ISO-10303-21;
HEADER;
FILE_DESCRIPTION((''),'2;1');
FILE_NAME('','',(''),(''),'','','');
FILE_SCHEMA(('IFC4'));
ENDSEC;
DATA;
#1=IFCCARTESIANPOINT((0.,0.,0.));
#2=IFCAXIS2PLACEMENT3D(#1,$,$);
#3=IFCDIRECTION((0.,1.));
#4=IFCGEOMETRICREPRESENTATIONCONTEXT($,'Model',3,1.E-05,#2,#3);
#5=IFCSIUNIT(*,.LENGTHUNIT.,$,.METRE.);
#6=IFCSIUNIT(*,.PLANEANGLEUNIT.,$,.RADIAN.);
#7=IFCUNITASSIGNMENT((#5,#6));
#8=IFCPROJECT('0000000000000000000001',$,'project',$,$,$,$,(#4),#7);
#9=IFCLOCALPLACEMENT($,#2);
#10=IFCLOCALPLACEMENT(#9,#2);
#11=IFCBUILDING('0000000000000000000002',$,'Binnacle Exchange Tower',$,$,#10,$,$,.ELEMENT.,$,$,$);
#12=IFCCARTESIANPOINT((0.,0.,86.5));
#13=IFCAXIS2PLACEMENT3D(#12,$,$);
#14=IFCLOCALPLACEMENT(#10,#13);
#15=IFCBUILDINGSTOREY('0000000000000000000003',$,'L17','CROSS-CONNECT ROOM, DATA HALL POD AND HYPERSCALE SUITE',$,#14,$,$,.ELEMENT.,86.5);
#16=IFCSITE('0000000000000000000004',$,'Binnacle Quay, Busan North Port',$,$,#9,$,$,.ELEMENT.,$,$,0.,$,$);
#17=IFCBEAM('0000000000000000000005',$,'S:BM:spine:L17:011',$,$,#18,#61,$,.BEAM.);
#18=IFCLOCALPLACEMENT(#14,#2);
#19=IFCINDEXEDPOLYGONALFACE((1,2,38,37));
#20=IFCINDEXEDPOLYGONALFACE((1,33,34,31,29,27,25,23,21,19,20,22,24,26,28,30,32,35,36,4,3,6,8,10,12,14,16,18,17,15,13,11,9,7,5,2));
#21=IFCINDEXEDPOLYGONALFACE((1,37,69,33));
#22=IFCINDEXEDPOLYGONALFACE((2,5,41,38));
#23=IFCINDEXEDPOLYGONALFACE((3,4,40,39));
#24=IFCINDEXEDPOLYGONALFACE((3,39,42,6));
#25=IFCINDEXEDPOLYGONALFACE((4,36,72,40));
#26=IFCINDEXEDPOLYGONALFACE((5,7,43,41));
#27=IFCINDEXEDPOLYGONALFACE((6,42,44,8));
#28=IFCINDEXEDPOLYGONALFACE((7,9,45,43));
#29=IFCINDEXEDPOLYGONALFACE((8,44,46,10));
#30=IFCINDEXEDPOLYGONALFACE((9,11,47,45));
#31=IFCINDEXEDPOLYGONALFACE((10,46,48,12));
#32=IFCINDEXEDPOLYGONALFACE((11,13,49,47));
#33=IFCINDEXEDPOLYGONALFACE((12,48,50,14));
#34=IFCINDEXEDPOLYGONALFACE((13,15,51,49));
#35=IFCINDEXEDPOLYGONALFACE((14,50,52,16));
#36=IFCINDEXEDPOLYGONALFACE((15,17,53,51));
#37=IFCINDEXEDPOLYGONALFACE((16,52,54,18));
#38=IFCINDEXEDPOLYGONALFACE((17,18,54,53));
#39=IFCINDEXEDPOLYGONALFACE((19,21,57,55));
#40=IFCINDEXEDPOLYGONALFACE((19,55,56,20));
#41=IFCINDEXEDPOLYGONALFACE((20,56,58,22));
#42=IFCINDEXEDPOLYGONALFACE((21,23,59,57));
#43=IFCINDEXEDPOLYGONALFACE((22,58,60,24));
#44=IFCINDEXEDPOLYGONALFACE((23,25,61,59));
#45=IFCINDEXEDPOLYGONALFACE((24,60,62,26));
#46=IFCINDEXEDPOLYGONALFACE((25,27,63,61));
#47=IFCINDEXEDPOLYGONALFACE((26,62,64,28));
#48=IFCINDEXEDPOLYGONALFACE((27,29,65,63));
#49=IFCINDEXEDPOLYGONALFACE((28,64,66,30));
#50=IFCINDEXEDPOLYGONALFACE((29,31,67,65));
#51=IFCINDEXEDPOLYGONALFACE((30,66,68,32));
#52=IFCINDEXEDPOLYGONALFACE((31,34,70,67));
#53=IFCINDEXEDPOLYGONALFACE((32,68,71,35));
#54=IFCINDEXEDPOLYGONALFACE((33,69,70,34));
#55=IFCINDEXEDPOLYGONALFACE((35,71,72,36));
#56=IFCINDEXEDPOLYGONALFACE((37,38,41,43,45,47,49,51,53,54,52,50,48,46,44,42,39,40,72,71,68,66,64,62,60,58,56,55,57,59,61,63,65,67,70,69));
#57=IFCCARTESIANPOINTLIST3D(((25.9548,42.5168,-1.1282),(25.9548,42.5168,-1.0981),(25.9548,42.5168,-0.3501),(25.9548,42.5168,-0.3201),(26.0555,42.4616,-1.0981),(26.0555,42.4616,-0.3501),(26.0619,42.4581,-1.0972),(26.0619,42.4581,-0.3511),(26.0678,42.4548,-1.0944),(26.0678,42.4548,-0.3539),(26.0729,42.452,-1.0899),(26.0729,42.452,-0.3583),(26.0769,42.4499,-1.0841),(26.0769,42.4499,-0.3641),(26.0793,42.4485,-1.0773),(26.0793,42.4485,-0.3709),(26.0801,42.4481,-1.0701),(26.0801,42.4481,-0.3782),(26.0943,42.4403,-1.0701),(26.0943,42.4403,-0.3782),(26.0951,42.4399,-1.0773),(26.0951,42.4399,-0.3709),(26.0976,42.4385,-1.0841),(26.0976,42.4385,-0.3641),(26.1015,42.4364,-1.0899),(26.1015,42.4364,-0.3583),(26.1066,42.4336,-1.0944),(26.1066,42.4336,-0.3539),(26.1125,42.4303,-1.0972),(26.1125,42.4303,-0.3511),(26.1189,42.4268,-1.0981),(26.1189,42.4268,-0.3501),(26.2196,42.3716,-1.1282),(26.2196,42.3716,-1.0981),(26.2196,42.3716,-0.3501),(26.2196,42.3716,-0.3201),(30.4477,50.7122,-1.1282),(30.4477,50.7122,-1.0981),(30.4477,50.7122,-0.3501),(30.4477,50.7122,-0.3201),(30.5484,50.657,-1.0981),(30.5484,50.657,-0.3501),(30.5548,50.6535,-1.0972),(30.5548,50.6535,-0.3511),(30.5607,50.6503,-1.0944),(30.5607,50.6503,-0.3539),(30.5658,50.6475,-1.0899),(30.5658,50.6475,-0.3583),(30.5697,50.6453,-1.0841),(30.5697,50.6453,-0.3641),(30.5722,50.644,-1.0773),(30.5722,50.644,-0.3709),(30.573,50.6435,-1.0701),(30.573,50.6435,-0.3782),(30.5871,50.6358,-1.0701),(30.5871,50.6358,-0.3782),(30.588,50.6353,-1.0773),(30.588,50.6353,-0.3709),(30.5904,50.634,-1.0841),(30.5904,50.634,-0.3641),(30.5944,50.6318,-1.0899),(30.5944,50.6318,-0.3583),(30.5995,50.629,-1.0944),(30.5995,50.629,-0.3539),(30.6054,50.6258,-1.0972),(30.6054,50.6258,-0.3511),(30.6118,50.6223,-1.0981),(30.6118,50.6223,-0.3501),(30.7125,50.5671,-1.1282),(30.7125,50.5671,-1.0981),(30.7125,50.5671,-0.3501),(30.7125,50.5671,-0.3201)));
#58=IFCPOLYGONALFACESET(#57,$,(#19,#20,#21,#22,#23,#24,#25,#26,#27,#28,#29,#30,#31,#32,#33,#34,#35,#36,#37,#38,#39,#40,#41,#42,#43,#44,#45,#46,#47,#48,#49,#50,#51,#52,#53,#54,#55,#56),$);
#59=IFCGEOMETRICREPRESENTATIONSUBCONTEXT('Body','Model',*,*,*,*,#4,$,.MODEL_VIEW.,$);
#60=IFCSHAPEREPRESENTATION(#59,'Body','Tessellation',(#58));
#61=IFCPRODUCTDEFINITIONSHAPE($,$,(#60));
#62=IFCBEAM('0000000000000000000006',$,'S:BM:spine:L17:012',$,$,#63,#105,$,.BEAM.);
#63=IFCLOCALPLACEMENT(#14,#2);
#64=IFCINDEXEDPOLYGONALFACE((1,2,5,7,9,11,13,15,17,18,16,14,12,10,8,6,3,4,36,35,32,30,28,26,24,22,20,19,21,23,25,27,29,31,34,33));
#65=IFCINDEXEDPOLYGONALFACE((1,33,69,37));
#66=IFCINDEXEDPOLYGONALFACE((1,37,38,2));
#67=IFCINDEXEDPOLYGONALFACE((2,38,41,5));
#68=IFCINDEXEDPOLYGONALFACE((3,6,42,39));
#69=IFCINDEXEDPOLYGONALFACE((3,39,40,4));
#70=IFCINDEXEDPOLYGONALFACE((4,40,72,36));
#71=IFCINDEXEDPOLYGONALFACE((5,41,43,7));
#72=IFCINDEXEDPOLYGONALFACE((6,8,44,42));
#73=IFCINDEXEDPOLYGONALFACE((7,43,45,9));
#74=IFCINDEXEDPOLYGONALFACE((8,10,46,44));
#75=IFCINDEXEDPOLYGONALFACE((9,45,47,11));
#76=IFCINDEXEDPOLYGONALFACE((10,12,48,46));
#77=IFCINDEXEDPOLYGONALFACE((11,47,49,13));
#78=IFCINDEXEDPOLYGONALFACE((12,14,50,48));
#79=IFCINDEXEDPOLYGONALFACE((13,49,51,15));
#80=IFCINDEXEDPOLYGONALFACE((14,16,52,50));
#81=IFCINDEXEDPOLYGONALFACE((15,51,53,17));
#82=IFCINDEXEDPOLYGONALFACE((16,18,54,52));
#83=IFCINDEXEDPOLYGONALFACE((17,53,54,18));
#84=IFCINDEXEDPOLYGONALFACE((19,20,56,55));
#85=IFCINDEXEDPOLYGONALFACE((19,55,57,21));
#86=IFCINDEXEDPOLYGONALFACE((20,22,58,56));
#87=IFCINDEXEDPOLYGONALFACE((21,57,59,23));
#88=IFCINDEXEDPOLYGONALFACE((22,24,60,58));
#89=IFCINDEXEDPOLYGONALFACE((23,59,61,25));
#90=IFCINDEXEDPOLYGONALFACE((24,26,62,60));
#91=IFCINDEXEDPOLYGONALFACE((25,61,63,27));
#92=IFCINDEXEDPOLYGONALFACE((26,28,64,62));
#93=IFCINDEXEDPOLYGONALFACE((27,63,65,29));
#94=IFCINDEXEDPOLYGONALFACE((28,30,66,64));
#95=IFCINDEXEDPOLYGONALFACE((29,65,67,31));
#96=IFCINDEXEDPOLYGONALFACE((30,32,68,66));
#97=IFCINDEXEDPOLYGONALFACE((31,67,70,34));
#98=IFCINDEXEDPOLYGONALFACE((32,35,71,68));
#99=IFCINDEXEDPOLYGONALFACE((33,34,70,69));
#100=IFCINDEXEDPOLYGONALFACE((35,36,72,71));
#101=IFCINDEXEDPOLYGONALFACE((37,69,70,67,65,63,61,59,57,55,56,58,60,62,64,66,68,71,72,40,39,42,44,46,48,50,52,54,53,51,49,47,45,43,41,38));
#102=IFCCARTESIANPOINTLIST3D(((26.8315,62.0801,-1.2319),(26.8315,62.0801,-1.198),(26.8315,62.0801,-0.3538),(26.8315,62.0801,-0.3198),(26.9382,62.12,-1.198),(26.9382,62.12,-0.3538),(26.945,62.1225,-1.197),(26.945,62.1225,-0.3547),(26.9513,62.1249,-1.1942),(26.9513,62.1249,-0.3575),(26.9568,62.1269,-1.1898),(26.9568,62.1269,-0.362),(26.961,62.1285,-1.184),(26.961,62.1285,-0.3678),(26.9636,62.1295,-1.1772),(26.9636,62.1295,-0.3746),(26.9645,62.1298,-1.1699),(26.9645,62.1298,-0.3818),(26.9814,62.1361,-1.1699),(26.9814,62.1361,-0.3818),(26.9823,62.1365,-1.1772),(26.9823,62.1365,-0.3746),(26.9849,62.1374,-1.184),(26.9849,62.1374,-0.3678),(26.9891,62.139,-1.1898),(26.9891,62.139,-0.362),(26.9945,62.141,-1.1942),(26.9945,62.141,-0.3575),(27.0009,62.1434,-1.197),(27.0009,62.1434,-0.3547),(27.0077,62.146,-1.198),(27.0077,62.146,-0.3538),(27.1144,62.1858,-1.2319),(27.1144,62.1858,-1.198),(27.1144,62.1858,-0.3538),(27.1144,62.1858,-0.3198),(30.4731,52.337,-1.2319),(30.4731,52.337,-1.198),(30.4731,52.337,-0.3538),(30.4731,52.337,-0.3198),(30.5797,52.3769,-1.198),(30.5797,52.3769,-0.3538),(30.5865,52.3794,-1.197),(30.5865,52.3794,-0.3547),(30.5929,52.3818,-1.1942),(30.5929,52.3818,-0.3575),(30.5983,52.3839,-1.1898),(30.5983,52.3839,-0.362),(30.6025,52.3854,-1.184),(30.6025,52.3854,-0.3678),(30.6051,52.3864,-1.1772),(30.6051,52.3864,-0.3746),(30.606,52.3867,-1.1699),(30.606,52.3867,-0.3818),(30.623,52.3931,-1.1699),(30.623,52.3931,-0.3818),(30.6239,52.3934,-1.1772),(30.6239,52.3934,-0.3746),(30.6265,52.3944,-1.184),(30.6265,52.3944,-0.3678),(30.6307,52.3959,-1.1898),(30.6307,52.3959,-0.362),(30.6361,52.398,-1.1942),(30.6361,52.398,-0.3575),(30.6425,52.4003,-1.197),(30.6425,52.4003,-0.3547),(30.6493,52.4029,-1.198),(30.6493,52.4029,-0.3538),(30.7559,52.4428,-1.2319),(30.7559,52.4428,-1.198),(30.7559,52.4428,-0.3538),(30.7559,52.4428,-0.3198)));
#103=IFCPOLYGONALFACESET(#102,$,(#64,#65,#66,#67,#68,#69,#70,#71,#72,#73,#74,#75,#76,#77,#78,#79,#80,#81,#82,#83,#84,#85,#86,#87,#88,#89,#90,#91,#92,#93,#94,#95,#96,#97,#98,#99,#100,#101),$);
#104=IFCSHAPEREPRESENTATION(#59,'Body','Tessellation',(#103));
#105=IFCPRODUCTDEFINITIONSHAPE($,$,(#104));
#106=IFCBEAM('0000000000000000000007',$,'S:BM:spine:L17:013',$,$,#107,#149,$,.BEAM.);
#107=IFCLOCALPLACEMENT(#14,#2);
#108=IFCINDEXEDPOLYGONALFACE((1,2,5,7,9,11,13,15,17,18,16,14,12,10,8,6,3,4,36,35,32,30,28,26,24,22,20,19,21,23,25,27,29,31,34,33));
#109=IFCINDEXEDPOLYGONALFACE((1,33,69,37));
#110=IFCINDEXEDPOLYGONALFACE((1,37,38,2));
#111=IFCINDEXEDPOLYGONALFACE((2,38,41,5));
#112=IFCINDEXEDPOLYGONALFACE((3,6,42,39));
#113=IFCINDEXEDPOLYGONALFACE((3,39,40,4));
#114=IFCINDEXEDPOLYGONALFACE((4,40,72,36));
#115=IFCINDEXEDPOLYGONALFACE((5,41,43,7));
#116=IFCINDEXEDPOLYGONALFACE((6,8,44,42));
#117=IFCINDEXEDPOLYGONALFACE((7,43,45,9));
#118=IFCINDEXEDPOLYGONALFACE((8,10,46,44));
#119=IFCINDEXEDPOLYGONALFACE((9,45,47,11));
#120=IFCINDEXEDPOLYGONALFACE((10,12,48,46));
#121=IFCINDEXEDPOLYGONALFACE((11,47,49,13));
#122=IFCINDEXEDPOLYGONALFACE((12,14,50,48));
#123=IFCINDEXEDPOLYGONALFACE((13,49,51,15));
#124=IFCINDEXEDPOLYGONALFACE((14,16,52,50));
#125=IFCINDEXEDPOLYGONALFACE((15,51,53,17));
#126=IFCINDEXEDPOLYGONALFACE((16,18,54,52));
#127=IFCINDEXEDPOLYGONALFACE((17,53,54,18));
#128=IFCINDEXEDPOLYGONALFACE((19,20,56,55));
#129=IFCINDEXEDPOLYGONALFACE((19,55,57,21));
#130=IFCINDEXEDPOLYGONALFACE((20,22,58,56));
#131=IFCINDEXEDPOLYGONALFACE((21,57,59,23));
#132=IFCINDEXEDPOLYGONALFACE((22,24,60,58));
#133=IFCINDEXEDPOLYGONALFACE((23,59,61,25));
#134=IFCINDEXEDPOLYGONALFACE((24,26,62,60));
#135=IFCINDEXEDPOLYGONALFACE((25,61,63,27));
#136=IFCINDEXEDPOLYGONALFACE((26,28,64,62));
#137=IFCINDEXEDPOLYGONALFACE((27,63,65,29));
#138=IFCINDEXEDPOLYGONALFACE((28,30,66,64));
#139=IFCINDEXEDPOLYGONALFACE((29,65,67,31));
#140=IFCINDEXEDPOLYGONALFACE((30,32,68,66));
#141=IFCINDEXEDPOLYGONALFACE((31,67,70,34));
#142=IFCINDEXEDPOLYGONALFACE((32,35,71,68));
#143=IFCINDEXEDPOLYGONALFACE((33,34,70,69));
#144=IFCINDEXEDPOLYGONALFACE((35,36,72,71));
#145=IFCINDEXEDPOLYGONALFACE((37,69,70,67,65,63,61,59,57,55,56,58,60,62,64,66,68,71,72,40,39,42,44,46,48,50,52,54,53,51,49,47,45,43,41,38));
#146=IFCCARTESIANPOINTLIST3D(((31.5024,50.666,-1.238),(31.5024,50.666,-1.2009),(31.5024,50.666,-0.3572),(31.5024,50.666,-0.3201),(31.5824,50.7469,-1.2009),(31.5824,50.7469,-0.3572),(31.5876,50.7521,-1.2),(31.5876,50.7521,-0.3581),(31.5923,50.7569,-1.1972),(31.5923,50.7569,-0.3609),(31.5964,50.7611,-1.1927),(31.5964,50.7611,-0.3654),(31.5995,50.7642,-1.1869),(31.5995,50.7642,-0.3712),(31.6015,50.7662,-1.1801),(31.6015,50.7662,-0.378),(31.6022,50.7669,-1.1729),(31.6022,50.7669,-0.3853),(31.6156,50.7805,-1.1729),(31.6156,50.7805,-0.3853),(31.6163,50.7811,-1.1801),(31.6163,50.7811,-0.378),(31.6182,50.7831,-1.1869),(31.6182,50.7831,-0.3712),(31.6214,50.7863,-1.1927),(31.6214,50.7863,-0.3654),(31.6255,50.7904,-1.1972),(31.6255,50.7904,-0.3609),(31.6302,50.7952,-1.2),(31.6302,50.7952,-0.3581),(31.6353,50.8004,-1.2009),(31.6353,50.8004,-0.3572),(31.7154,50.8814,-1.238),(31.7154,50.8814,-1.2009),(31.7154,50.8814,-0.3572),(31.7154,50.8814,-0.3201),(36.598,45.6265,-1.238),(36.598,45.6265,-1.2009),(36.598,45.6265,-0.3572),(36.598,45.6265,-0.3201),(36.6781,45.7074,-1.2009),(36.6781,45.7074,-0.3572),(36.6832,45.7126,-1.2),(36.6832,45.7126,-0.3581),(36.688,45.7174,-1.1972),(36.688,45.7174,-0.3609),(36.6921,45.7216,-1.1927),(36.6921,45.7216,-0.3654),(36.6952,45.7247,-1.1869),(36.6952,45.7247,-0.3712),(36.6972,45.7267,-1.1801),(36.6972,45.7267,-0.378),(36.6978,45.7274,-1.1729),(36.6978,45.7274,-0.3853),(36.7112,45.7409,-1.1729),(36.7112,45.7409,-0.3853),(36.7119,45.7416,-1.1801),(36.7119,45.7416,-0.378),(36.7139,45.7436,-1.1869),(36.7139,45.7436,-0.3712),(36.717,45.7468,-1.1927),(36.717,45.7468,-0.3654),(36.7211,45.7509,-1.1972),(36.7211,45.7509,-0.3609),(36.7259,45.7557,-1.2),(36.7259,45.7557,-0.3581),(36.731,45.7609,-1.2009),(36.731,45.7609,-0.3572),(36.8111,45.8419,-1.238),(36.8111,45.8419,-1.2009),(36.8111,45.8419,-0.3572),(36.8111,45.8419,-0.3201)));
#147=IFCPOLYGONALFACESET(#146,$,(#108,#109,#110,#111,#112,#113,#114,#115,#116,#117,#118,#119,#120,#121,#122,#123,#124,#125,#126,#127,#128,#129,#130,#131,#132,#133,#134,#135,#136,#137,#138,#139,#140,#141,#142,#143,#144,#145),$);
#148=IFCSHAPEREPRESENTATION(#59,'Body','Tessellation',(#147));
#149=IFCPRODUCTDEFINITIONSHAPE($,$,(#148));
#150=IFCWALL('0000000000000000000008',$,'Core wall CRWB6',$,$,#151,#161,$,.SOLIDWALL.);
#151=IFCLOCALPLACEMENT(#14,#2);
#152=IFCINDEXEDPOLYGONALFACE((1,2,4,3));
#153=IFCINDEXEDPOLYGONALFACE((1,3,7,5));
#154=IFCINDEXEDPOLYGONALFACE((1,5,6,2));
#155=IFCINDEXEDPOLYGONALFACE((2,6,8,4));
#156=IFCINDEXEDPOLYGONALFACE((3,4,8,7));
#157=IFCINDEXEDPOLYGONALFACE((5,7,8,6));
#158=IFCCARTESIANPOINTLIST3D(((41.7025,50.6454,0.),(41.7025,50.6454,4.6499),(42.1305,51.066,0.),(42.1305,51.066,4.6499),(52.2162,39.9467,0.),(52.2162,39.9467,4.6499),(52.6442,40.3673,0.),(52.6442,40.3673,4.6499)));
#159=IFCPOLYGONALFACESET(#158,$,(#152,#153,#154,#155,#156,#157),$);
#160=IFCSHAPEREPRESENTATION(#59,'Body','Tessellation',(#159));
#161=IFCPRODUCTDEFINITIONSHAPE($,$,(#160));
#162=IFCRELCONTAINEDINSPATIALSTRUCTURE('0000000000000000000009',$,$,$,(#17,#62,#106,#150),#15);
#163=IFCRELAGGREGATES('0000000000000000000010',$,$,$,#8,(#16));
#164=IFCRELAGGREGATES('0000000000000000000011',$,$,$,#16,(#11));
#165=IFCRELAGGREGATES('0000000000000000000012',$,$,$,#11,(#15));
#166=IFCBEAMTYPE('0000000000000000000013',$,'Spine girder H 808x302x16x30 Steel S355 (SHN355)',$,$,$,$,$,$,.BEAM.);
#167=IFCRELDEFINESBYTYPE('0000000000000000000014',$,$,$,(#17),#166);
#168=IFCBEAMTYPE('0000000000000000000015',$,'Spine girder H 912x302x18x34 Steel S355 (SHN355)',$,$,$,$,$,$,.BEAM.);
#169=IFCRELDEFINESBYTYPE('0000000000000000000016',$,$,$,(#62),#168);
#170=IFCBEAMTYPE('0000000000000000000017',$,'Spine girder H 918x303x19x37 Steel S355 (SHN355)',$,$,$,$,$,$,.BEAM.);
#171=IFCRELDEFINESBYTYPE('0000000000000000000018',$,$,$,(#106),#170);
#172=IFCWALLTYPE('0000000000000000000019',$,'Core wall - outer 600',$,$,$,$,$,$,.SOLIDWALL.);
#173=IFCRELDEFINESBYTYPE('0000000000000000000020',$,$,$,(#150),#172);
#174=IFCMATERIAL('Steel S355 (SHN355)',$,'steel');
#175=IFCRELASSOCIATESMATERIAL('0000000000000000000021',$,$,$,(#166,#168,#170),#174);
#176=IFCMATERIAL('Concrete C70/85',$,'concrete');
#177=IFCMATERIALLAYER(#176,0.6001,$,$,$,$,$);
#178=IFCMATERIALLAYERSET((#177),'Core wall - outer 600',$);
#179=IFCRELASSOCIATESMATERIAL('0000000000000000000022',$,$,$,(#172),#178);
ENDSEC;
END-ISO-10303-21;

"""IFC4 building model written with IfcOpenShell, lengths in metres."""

from ifc_helpers import new_model, si_unit, direction, frame, frame_2d, origin, origin_2d, place, context, subcontext, project, spatial, rectangle, i_section, extrude, material, layer, layer_set, material_profile, profile_set, type_object, element, save


model = new_model("IFC4")

# Units and contexts
model_context = context("Model", 3, precision=1e-05, world=origin(), true_north=direction((0.0, 1.0)))
body_context = subcontext(model_context, "Body", "Model", "MODEL_VIEW")
ifc_project = project(units=[si_unit("LENGTHUNIT", "METRE"), si_unit("PLANEANGLEUNIT", "RADIAN")], contexts=[model_context])

# Site, building, storey
site_placement = place(None, origin())
site = spatial("IfcSite", under=ifc_project, at=site_placement, Name="Binnacle Quay, Busan North Port", CompositionType="ELEMENT", RefElevation=0.0)
building_placement = place(site_placement, origin())
building = spatial("IfcBuilding", under=site, at=building_placement, Name="Binnacle Exchange Tower", CompositionType="ELEMENT")
storey_placement = place(building_placement, frame((0.0, 0.0, 86.5)))
storey = spatial("IfcBuildingStorey", under=building, at=storey_placement, Name="L17", Description="CROSS-CONNECT ROOM, DATA HALL POD AND HYPERSCALE SUITE", CompositionType="ELEMENT", Elevation=86.5)

# Shared definitions
ifc_material_1 = material(Name="Concrete C70/85", Category="concrete")

# Beams
ifc_material_2 = material(Name="Steel S355 (SHN355)", Category="steel")
ifc_material_profile_1 = material_profile(ifc_material_2, i_section(OverallWidth=0.302, OverallDepth=0.8081, WebThickness=0.0161, FlangeThickness=0.03, FilletRadius=0.0281, at=origin_2d()), Name="H 808x302x16x30")
ifc_profile_set_1 = profile_set([ifc_material_profile_1], Name="Steel S355 (SHN355)")
beam_type_1 = type_object("IfcBeamType", Name="Spine girder H 808x302x16x30 Steel S355 (SHN355)", PredefinedType="BEAM", material=ifc_profile_set_1)
beam_1_placement = place(storey_placement, frame((30.5801, 50.6396, -0.7241), z_axis=(-0.480716, -0.876876, 0.0), x_axis=(0.876876, -0.480716, 0.0)))
element("IfcBeam", 1, at=beam_1_placement, inside=storey, type_object=beam_type_1, Name="S:BM:spine:L17:011", PredefinedType="BEAM", context=body_context, shape_type="SweptSolid", body=[
    extrude(i_section(OverallWidth=0.302, OverallDepth=0.8081, WebThickness=0.0161, FlangeThickness=0.03, FilletRadius=0.0281, at=origin_2d()), origin(), (0.0, 0.0, 1.0), 9.3462),
])
ifc_material_profile_2 = material_profile(ifc_material_2, i_section(OverallWidth=0.302, OverallDepth=0.9121, WebThickness=0.0181, FlangeThickness=0.0339, FilletRadius=0.0281, at=origin_2d()), Name="H 912x302x18x34")
ifc_profile_set_2 = profile_set([ifc_material_profile_2], Name="Steel S355 (SHN355)")
beam_type_2 = type_object("IfcBeamType", Name="Spine girder H 912x302x18x34 Steel S355 (SHN355)", PredefinedType="BEAM", material=ifc_profile_set_2)
beam_2_placement = place(storey_placement, frame((30.6145, 52.3899, -0.7759), z_axis=(-0.350105, 0.936711, 0.0), x_axis=(-0.936711, -0.350105, 0.0)))
element("IfcBeam", 2, at=beam_2_placement, inside=storey, type_object=beam_type_2, Name="S:BM:spine:L17:012", PredefinedType="BEAM", context=body_context, shape_type="SweptSolid", body=[
    extrude(i_section(OverallWidth=0.302, OverallDepth=0.9121, WebThickness=0.0181, FlangeThickness=0.0339, FilletRadius=0.0281, at=origin_2d()), origin(), (0.0, 0.0, 1.0), 10.4014),
])
ifc_material_profile_3 = material_profile(ifc_material_2, i_section(OverallWidth=0.303, OverallDepth=0.918, WebThickness=0.019, FlangeThickness=0.0371, FilletRadius=0.0281, at=origin_2d()), Name="H 918x303x19x37")
ifc_profile_set_3 = profile_set([ifc_material_profile_3], Name="Steel S355 (SHN355)")
beam_type_3 = type_object("IfcBeamType", Name="Spine girder H 918x303x19x37 Steel S355 (SHN355)", PredefinedType="BEAM", material=ifc_profile_set_3)
beam_3_placement = place(storey_placement, frame((31.6089, 50.7737, -0.7791), z_axis=(0.711013, -0.703178, 0.0), x_axis=(0.703178, 0.711013, 0.0)))
element("IfcBeam", 3, at=beam_3_placement, inside=storey, type_object=beam_type_3, Name="S:BM:spine:L17:013", PredefinedType="BEAM", context=body_context, shape_type="SweptSolid", body=[
    extrude(i_section(OverallWidth=0.303, OverallDepth=0.918, WebThickness=0.019, FlangeThickness=0.0371, FilletRadius=0.0281, at=origin_2d()), origin(), (0.0, 0.0, 1.0), 7.1667),
])

# Wall
ifc_layer_1 = layer(ifc_material_1, 0.6001)
ifc_layer_set_1 = layer_set([ifc_layer_1], Name="Core wall - outer 600")
wall_type_1 = type_object("IfcWallType", Name="Core wall - outer 600", PredefinedType="SOLIDWALL", material=ifc_layer_set_1)
wall_1_placement = place(storey_placement, frame((41.9165, 50.8557, 0.0), z_axis=(0.0, 0.0, 1.0), x_axis=(0.700911, -0.713248, 0.0)))
element("IfcWall", 4, at=wall_1_placement, inside=storey, type_object=wall_type_1, Name="Core wall CRWB6", PredefinedType="SOLIDWALL", context=body_context, shape_type="SweptSolid", body=[
    extrude(rectangle(XDim=15.0, YDim=0.6001, at=frame_2d((7.5, 0.0))), origin(), (0.0, 0.0, 1.0), 4.6499),
])

save(model, "model.ifc")
